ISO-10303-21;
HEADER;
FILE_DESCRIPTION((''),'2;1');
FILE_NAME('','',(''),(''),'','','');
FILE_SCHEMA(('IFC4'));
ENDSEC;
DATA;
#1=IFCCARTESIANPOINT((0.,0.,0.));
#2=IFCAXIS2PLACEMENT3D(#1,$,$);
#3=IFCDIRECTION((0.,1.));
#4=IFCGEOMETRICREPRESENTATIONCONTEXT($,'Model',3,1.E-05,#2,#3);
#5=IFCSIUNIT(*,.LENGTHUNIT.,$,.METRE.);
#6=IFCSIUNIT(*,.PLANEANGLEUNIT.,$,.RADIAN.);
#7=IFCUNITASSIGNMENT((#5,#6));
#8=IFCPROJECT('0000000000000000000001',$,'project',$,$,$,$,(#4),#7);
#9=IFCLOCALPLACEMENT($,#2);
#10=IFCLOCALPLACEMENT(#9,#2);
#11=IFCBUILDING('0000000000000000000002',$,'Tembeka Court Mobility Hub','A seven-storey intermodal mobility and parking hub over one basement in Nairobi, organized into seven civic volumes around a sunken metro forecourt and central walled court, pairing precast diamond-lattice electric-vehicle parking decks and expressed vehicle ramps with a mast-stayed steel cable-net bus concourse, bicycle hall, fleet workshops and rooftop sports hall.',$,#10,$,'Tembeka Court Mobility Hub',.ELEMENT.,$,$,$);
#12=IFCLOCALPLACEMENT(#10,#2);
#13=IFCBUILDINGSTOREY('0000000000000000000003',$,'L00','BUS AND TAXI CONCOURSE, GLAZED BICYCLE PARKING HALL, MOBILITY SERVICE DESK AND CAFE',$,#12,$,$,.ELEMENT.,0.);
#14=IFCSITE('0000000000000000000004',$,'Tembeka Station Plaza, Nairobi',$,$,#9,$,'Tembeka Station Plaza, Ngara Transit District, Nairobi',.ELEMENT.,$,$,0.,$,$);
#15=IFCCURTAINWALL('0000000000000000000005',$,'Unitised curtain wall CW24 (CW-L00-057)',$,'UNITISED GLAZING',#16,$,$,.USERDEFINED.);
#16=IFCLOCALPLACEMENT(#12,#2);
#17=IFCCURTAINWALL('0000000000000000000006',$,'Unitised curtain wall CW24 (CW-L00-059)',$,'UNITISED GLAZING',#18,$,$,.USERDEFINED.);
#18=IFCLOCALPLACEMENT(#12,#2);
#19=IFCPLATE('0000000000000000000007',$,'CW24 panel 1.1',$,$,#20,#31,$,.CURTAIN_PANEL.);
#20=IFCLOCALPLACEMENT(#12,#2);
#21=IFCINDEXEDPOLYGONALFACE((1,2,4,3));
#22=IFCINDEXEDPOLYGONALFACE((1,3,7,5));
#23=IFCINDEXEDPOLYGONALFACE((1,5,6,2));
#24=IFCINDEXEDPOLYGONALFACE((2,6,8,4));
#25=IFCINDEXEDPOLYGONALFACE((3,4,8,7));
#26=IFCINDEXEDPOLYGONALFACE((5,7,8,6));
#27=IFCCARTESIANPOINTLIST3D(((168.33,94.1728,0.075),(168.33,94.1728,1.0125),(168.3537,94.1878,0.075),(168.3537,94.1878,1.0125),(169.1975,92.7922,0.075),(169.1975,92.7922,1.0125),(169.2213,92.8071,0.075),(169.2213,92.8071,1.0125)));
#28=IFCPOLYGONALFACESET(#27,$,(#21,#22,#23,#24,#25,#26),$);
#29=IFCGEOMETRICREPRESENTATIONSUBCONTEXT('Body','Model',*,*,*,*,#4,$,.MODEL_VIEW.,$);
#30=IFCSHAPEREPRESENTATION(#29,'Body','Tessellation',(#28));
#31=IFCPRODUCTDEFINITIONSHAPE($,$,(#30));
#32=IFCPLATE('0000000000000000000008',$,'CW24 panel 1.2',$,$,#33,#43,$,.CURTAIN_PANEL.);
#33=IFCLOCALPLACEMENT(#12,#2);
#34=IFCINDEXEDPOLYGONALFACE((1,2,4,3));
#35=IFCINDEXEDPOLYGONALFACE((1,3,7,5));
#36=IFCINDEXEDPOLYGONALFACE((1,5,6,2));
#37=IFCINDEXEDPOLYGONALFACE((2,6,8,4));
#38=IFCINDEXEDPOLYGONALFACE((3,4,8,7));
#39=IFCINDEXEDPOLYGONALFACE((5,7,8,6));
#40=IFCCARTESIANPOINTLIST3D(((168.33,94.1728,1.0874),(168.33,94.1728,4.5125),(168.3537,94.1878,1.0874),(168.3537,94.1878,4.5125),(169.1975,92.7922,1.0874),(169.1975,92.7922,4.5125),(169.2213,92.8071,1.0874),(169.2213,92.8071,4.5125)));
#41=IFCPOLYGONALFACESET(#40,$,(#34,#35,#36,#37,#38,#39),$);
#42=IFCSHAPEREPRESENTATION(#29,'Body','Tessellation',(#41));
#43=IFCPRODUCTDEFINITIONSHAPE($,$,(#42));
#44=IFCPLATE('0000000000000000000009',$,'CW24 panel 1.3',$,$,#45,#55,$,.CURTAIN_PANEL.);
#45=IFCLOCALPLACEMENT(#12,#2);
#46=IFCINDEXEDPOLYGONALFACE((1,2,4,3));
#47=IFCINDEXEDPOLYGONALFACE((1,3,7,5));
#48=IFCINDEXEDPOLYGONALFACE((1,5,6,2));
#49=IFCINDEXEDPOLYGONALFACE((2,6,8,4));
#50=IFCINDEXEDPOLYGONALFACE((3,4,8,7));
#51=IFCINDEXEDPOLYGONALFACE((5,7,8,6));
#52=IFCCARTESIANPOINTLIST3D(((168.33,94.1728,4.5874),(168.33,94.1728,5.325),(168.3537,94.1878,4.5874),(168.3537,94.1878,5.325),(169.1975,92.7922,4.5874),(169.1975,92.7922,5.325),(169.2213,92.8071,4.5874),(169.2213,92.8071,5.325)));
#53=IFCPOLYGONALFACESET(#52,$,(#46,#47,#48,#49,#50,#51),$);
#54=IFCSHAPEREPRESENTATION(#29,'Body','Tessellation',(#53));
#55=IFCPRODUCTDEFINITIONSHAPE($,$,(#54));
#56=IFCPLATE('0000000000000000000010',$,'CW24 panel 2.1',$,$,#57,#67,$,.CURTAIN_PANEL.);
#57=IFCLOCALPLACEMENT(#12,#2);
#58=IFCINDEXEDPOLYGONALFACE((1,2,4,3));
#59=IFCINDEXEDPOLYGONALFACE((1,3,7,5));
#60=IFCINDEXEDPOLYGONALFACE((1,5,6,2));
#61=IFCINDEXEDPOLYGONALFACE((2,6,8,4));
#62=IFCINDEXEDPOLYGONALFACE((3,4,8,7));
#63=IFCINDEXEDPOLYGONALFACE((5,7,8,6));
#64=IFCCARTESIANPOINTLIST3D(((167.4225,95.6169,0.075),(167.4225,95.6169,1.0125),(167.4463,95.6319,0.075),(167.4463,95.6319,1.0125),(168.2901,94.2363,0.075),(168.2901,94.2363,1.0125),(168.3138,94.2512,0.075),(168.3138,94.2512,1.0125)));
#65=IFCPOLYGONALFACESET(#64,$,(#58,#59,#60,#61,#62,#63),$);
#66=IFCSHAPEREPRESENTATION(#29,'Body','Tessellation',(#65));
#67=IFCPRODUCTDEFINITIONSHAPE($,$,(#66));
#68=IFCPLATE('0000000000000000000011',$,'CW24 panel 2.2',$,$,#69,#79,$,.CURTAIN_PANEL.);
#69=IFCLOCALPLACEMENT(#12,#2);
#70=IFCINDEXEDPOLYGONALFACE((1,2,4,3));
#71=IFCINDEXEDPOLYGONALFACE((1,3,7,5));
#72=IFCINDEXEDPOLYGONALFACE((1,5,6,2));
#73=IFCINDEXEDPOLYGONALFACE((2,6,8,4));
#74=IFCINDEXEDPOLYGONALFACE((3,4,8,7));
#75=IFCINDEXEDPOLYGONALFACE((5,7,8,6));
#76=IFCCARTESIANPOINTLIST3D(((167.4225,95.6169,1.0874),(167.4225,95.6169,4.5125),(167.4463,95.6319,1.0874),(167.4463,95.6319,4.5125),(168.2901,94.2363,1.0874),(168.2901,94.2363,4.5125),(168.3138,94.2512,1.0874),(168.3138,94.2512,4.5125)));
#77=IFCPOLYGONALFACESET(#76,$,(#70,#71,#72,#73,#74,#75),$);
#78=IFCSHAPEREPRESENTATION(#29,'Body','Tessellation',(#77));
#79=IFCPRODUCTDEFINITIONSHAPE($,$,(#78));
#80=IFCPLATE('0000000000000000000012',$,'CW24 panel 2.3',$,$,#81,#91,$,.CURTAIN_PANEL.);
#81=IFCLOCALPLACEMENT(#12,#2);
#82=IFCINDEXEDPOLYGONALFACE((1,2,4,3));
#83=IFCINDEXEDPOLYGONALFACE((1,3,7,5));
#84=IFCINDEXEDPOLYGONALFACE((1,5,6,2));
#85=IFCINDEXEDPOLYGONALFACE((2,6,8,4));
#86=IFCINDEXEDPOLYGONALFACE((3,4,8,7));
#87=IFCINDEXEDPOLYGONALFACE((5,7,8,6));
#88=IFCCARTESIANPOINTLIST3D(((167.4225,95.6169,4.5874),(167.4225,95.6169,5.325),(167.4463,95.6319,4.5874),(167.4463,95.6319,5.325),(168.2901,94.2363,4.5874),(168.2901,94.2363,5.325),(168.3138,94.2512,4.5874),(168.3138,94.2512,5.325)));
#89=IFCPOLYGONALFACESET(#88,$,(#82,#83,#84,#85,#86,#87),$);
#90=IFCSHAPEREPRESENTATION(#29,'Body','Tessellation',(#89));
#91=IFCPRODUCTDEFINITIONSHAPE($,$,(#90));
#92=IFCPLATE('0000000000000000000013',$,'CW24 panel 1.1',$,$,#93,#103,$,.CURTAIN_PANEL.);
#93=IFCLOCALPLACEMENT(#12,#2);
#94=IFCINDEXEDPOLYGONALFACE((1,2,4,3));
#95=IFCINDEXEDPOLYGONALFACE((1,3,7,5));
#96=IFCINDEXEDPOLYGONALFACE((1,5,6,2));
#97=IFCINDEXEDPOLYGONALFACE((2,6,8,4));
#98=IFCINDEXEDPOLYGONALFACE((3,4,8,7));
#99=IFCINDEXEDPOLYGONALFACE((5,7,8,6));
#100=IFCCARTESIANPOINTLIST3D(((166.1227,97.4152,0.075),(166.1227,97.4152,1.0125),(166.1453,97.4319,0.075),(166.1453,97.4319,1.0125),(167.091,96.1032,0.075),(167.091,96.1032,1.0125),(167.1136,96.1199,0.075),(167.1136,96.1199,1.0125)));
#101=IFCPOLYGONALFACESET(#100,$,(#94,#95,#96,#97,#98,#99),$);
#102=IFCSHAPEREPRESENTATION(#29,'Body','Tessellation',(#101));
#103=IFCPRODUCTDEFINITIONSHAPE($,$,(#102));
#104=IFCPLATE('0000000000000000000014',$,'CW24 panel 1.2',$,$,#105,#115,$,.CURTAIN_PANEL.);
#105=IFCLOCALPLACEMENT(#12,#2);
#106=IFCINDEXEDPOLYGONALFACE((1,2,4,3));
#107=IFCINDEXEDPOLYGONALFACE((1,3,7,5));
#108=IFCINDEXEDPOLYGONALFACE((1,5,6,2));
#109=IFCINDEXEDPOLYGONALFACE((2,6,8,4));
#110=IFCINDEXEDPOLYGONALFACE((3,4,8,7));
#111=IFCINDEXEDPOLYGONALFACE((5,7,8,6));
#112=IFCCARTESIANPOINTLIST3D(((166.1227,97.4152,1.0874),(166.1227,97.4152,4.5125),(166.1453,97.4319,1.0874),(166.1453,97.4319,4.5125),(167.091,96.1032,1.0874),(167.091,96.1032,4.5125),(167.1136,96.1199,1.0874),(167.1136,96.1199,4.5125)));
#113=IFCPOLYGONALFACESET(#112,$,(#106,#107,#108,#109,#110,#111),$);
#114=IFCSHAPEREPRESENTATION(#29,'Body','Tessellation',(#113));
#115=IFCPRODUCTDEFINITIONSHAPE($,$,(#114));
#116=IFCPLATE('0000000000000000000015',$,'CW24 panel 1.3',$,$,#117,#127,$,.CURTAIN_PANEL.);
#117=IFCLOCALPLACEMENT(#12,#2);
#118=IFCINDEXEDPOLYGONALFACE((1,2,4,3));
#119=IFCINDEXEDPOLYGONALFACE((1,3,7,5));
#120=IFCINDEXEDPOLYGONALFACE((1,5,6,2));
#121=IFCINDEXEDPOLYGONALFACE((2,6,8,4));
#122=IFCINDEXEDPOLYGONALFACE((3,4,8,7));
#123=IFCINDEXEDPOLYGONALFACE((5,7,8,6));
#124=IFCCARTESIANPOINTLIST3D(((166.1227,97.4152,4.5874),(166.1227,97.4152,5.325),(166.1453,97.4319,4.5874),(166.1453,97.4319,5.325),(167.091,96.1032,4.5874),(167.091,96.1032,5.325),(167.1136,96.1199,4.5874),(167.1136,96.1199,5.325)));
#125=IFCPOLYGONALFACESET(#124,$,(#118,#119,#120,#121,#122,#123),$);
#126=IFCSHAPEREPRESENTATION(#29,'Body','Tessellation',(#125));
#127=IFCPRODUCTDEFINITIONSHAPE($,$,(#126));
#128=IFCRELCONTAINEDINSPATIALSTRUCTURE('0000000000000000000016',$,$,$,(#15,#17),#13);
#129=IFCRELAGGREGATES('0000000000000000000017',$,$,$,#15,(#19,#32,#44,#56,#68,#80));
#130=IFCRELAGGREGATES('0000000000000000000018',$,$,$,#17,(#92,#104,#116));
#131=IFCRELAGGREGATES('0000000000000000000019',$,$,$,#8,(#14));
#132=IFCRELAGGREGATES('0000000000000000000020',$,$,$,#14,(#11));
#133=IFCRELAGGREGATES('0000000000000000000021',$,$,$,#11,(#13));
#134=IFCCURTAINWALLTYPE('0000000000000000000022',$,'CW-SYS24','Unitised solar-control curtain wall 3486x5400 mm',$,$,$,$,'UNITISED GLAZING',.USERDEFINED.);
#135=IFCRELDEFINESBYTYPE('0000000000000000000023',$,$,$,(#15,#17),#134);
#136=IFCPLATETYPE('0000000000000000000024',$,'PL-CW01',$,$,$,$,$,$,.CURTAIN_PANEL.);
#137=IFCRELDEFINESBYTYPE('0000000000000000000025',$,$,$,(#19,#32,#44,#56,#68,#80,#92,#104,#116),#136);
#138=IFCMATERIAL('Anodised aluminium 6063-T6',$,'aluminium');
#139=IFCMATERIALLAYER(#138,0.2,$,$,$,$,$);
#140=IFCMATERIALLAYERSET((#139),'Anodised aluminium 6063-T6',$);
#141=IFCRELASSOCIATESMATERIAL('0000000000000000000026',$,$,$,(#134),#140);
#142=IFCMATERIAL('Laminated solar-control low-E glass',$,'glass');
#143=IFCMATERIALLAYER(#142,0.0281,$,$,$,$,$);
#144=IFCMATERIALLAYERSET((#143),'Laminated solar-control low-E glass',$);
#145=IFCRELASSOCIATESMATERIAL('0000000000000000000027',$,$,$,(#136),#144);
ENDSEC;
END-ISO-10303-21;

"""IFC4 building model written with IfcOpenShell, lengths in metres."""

from ifc_helpers import new_model, si_unit, direction, frame, origin, origin_2d, place, context, subcontext, project, spatial, rectangle, extrude, material, layer, layer_set, type_object, element, aggregate, save


model = new_model("IFC4")

# Units and contexts
model_context = context("Model", 3, precision=1e-05, world=origin(), true_north=direction((0.0, 1.0)))
body_context = subcontext(model_context, "Body", "Model", "MODEL_VIEW")
ifc_project = project(units=[si_unit("LENGTHUNIT", "METRE"), si_unit("PLANEANGLEUNIT", "RADIAN")], contexts=[model_context])

# Site, building, storey
site_placement = place(None, origin())
site = spatial("IfcSite", under=ifc_project, at=site_placement, Name="Tembeka Station Plaza, Nairobi", LongName="Tembeka Station Plaza, Ngara Transit District, Nairobi", CompositionType="ELEMENT", RefElevation=0.0)
building_placement = place(site_placement, origin())
building = spatial("IfcBuilding", under=site, at=building_placement, Name="Tembeka Court Mobility Hub", Description="A seven-storey intermodal mobility and parking hub over one basement in Nairobi, organized into seven civic volumes around a sunken metro forecourt and central walled court, pairing precast diamond-lattice electric-vehicle parking decks and expressed vehicle ramps with a mast-stayed steel cable-net bus concourse, bicycle hall, fleet workshops and rooftop sports hall.", LongName="Tembeka Court Mobility Hub", CompositionType="ELEMENT")
storey_placement = place(building_placement, origin())
storey = spatial("IfcBuildingStorey", under=building, at=storey_placement, Name="L00", Description="BUS AND TAXI CONCOURSE, GLAZED BICYCLE PARKING HALL, MOBILITY SERVICE DESK AND CAFE", CompositionType="ELEMENT", Elevation=0.0)

# Curtain walls
ifc_material_1 = material(Name="Anodised aluminium 6063-T6", Category="aluminium")
ifc_layer_1 = layer(ifc_material_1, 0.2)
ifc_layer_set_1 = layer_set([ifc_layer_1], Name="Anodised aluminium 6063-T6")
curtain_wall_type = type_object("IfcCurtainWallType", Name="CW-SYS24", Description="Unitised solar-control curtain wall 3486x5400 mm", ElementType="UNITISED GLAZING", PredefinedType="USERDEFINED", material=ifc_layer_set_1)
curtain_wall_1_placement = place(storey_placement, origin())
curtain_wall_1 = element("IfcCurtainWall", 1, at=curtain_wall_1_placement, inside=storey, type_object=curtain_wall_type, Name="Unitised curtain wall CW24 (CW-L00-057)", ObjectType="UNITISED GLAZING", PredefinedType="USERDEFINED")
curtain_wall_2_placement = place(storey_placement, origin())
curtain_wall_2 = element("IfcCurtainWall", 2, at=curtain_wall_2_placement, inside=storey, type_object=curtain_wall_type, Name="Unitised curtain wall CW24 (CW-L00-059)", ObjectType="UNITISED GLAZING", PredefinedType="USERDEFINED")

# Plates
ifc_material_2 = material(Name="Laminated solar-control low-E glass", Category="glass")
ifc_layer_2 = layer(ifc_material_2, 0.0281)
ifc_layer_set_2 = layer_set([ifc_layer_2], Name="Laminated solar-control low-E glass")
plate_type = type_object("IfcPlateType", Name="PL-CW01", PredefinedType="CURTAIN_PANEL", material=ifc_layer_set_2)
plate_1_placement = place(storey_placement, frame((168.7756, 93.49, 0.075), z_axis=(0.0, 0.0, 1.0), x_axis=(-0.532058, 0.846708, 0.0)))
plate_1 = element("IfcPlate", 3, at=plate_1_placement, type_object=plate_type, Name="CW24 panel 1.1", PredefinedType="CURTAIN_PANEL", context=body_context, shape_type="SweptSolid", body=[
    extrude(rectangle(XDim=1.6306, YDim=0.0281, at=origin_2d()), origin(), (0.0, 0.0, 1.0), 0.9375),
])
plate_2_placement = place(storey_placement, frame((168.7756, 93.49, 1.0874), z_axis=(0.0, 0.0, 1.0), x_axis=(-0.532058, 0.846708, 0.0)))
plate_2 = element("IfcPlate", 4, at=plate_2_placement, type_object=plate_type, Name="CW24 panel 1.2", PredefinedType="CURTAIN_PANEL", context=body_context, shape_type="SweptSolid", body=[
    extrude(rectangle(XDim=1.6306, YDim=0.0281, at=origin_2d()), origin(), (0.0, 0.0, 1.0), 3.425),
])
plate_3_placement = place(storey_placement, frame((168.7756, 93.49, 4.5874), z_axis=(0.0, 0.0, 1.0), x_axis=(-0.532058, 0.846708, 0.0)))
plate_3 = element("IfcPlate", 5, at=plate_3_placement, type_object=plate_type, Name="CW24 panel 1.3", PredefinedType="CURTAIN_PANEL", context=body_context, shape_type="SweptSolid", body=[
    extrude(rectangle(XDim=1.6306, YDim=0.0281, at=origin_2d()), origin(), (0.0, 0.0, 1.0), 0.7375),
])
plate_4_placement = place(storey_placement, frame((167.8682, 94.9341, 0.075), z_axis=(0.0, 0.0, 1.0), x_axis=(-0.532058, 0.846708, 0.0)))
plate_4 = element("IfcPlate", 6, at=plate_4_placement, type_object=plate_type, Name="CW24 panel 2.1", PredefinedType="CURTAIN_PANEL", context=body_context, shape_type="SweptSolid", body=[
    extrude(rectangle(XDim=1.6306, YDim=0.0281, at=origin_2d()), origin(), (0.0, 0.0, 1.0), 0.9375),
])
plate_5_placement = place(storey_placement, frame((167.8682, 94.9341, 1.0874), z_axis=(0.0, 0.0, 1.0), x_axis=(-0.532058, 0.846708, 0.0)))
plate_5 = element("IfcPlate", 7, at=plate_5_placement, type_object=plate_type, Name="CW24 panel 2.2", PredefinedType="CURTAIN_PANEL", context=body_context, shape_type="SweptSolid", body=[
    extrude(rectangle(XDim=1.6306, YDim=0.0281, at=origin_2d()), origin(), (0.0, 0.0, 1.0), 3.425),
])
plate_6_placement = place(storey_placement, frame((167.8682, 94.9341, 4.5874), z_axis=(0.0, 0.0, 1.0), x_axis=(-0.532058, 0.846708, 0.0)))
plate_6 = element("IfcPlate", 8, at=plate_6_placement, type_object=plate_type, Name="CW24 panel 2.3", PredefinedType="CURTAIN_PANEL", context=body_context, shape_type="SweptSolid", body=[
    extrude(rectangle(XDim=1.6306, YDim=0.0281, at=origin_2d()), origin(), (0.0, 0.0, 1.0), 0.7375),
])
aggregate(curtain_wall_1, [plate_1, plate_2, plate_3, plate_4, plate_5, plate_6])
plate_7_placement = place(storey_placement, frame((166.6182, 96.7676, 0.075), z_axis=(0.0, 0.0, 1.0), x_axis=(-0.593818, 0.804599, 0.0)))
plate_7 = element("IfcPlate", 9, at=plate_7_placement, type_object=plate_type, Name="CW24 panel 1.1", PredefinedType="CURTAIN_PANEL", context=body_context, shape_type="SweptSolid", body=[
    extrude(rectangle(XDim=1.6306, YDim=0.0281, at=origin_2d()), origin(), (0.0, 0.0, 1.0), 0.9375),
])
plate_8_placement = place(storey_placement, frame((166.6182, 96.7676, 1.0874), z_axis=(0.0, 0.0, 1.0), x_axis=(-0.593818, 0.804599, 0.0)))
plate_8 = element("IfcPlate", 10, at=plate_8_placement, type_object=plate_type, Name="CW24 panel 1.2", PredefinedType="CURTAIN_PANEL", context=body_context, shape_type="SweptSolid", body=[
    extrude(rectangle(XDim=1.6306, YDim=0.0281, at=origin_2d()), origin(), (0.0, 0.0, 1.0), 3.425),
])
plate_9_placement = place(storey_placement, frame((166.6182, 96.7676, 4.5874), z_axis=(0.0, 0.0, 1.0), x_axis=(-0.593818, 0.804599, 0.0)))
plate_9 = element("IfcPlate", 11, at=plate_9_placement, type_object=plate_type, Name="CW24 panel 1.3", PredefinedType="CURTAIN_PANEL", context=body_context, shape_type="SweptSolid", body=[
    extrude(rectangle(XDim=1.6306, YDim=0.0281, at=origin_2d()), origin(), (0.0, 0.0, 1.0), 0.7375),
])
aggregate(curtain_wall_2, [plate_7, plate_8, plate_9])

save(model, "model.ifc")
